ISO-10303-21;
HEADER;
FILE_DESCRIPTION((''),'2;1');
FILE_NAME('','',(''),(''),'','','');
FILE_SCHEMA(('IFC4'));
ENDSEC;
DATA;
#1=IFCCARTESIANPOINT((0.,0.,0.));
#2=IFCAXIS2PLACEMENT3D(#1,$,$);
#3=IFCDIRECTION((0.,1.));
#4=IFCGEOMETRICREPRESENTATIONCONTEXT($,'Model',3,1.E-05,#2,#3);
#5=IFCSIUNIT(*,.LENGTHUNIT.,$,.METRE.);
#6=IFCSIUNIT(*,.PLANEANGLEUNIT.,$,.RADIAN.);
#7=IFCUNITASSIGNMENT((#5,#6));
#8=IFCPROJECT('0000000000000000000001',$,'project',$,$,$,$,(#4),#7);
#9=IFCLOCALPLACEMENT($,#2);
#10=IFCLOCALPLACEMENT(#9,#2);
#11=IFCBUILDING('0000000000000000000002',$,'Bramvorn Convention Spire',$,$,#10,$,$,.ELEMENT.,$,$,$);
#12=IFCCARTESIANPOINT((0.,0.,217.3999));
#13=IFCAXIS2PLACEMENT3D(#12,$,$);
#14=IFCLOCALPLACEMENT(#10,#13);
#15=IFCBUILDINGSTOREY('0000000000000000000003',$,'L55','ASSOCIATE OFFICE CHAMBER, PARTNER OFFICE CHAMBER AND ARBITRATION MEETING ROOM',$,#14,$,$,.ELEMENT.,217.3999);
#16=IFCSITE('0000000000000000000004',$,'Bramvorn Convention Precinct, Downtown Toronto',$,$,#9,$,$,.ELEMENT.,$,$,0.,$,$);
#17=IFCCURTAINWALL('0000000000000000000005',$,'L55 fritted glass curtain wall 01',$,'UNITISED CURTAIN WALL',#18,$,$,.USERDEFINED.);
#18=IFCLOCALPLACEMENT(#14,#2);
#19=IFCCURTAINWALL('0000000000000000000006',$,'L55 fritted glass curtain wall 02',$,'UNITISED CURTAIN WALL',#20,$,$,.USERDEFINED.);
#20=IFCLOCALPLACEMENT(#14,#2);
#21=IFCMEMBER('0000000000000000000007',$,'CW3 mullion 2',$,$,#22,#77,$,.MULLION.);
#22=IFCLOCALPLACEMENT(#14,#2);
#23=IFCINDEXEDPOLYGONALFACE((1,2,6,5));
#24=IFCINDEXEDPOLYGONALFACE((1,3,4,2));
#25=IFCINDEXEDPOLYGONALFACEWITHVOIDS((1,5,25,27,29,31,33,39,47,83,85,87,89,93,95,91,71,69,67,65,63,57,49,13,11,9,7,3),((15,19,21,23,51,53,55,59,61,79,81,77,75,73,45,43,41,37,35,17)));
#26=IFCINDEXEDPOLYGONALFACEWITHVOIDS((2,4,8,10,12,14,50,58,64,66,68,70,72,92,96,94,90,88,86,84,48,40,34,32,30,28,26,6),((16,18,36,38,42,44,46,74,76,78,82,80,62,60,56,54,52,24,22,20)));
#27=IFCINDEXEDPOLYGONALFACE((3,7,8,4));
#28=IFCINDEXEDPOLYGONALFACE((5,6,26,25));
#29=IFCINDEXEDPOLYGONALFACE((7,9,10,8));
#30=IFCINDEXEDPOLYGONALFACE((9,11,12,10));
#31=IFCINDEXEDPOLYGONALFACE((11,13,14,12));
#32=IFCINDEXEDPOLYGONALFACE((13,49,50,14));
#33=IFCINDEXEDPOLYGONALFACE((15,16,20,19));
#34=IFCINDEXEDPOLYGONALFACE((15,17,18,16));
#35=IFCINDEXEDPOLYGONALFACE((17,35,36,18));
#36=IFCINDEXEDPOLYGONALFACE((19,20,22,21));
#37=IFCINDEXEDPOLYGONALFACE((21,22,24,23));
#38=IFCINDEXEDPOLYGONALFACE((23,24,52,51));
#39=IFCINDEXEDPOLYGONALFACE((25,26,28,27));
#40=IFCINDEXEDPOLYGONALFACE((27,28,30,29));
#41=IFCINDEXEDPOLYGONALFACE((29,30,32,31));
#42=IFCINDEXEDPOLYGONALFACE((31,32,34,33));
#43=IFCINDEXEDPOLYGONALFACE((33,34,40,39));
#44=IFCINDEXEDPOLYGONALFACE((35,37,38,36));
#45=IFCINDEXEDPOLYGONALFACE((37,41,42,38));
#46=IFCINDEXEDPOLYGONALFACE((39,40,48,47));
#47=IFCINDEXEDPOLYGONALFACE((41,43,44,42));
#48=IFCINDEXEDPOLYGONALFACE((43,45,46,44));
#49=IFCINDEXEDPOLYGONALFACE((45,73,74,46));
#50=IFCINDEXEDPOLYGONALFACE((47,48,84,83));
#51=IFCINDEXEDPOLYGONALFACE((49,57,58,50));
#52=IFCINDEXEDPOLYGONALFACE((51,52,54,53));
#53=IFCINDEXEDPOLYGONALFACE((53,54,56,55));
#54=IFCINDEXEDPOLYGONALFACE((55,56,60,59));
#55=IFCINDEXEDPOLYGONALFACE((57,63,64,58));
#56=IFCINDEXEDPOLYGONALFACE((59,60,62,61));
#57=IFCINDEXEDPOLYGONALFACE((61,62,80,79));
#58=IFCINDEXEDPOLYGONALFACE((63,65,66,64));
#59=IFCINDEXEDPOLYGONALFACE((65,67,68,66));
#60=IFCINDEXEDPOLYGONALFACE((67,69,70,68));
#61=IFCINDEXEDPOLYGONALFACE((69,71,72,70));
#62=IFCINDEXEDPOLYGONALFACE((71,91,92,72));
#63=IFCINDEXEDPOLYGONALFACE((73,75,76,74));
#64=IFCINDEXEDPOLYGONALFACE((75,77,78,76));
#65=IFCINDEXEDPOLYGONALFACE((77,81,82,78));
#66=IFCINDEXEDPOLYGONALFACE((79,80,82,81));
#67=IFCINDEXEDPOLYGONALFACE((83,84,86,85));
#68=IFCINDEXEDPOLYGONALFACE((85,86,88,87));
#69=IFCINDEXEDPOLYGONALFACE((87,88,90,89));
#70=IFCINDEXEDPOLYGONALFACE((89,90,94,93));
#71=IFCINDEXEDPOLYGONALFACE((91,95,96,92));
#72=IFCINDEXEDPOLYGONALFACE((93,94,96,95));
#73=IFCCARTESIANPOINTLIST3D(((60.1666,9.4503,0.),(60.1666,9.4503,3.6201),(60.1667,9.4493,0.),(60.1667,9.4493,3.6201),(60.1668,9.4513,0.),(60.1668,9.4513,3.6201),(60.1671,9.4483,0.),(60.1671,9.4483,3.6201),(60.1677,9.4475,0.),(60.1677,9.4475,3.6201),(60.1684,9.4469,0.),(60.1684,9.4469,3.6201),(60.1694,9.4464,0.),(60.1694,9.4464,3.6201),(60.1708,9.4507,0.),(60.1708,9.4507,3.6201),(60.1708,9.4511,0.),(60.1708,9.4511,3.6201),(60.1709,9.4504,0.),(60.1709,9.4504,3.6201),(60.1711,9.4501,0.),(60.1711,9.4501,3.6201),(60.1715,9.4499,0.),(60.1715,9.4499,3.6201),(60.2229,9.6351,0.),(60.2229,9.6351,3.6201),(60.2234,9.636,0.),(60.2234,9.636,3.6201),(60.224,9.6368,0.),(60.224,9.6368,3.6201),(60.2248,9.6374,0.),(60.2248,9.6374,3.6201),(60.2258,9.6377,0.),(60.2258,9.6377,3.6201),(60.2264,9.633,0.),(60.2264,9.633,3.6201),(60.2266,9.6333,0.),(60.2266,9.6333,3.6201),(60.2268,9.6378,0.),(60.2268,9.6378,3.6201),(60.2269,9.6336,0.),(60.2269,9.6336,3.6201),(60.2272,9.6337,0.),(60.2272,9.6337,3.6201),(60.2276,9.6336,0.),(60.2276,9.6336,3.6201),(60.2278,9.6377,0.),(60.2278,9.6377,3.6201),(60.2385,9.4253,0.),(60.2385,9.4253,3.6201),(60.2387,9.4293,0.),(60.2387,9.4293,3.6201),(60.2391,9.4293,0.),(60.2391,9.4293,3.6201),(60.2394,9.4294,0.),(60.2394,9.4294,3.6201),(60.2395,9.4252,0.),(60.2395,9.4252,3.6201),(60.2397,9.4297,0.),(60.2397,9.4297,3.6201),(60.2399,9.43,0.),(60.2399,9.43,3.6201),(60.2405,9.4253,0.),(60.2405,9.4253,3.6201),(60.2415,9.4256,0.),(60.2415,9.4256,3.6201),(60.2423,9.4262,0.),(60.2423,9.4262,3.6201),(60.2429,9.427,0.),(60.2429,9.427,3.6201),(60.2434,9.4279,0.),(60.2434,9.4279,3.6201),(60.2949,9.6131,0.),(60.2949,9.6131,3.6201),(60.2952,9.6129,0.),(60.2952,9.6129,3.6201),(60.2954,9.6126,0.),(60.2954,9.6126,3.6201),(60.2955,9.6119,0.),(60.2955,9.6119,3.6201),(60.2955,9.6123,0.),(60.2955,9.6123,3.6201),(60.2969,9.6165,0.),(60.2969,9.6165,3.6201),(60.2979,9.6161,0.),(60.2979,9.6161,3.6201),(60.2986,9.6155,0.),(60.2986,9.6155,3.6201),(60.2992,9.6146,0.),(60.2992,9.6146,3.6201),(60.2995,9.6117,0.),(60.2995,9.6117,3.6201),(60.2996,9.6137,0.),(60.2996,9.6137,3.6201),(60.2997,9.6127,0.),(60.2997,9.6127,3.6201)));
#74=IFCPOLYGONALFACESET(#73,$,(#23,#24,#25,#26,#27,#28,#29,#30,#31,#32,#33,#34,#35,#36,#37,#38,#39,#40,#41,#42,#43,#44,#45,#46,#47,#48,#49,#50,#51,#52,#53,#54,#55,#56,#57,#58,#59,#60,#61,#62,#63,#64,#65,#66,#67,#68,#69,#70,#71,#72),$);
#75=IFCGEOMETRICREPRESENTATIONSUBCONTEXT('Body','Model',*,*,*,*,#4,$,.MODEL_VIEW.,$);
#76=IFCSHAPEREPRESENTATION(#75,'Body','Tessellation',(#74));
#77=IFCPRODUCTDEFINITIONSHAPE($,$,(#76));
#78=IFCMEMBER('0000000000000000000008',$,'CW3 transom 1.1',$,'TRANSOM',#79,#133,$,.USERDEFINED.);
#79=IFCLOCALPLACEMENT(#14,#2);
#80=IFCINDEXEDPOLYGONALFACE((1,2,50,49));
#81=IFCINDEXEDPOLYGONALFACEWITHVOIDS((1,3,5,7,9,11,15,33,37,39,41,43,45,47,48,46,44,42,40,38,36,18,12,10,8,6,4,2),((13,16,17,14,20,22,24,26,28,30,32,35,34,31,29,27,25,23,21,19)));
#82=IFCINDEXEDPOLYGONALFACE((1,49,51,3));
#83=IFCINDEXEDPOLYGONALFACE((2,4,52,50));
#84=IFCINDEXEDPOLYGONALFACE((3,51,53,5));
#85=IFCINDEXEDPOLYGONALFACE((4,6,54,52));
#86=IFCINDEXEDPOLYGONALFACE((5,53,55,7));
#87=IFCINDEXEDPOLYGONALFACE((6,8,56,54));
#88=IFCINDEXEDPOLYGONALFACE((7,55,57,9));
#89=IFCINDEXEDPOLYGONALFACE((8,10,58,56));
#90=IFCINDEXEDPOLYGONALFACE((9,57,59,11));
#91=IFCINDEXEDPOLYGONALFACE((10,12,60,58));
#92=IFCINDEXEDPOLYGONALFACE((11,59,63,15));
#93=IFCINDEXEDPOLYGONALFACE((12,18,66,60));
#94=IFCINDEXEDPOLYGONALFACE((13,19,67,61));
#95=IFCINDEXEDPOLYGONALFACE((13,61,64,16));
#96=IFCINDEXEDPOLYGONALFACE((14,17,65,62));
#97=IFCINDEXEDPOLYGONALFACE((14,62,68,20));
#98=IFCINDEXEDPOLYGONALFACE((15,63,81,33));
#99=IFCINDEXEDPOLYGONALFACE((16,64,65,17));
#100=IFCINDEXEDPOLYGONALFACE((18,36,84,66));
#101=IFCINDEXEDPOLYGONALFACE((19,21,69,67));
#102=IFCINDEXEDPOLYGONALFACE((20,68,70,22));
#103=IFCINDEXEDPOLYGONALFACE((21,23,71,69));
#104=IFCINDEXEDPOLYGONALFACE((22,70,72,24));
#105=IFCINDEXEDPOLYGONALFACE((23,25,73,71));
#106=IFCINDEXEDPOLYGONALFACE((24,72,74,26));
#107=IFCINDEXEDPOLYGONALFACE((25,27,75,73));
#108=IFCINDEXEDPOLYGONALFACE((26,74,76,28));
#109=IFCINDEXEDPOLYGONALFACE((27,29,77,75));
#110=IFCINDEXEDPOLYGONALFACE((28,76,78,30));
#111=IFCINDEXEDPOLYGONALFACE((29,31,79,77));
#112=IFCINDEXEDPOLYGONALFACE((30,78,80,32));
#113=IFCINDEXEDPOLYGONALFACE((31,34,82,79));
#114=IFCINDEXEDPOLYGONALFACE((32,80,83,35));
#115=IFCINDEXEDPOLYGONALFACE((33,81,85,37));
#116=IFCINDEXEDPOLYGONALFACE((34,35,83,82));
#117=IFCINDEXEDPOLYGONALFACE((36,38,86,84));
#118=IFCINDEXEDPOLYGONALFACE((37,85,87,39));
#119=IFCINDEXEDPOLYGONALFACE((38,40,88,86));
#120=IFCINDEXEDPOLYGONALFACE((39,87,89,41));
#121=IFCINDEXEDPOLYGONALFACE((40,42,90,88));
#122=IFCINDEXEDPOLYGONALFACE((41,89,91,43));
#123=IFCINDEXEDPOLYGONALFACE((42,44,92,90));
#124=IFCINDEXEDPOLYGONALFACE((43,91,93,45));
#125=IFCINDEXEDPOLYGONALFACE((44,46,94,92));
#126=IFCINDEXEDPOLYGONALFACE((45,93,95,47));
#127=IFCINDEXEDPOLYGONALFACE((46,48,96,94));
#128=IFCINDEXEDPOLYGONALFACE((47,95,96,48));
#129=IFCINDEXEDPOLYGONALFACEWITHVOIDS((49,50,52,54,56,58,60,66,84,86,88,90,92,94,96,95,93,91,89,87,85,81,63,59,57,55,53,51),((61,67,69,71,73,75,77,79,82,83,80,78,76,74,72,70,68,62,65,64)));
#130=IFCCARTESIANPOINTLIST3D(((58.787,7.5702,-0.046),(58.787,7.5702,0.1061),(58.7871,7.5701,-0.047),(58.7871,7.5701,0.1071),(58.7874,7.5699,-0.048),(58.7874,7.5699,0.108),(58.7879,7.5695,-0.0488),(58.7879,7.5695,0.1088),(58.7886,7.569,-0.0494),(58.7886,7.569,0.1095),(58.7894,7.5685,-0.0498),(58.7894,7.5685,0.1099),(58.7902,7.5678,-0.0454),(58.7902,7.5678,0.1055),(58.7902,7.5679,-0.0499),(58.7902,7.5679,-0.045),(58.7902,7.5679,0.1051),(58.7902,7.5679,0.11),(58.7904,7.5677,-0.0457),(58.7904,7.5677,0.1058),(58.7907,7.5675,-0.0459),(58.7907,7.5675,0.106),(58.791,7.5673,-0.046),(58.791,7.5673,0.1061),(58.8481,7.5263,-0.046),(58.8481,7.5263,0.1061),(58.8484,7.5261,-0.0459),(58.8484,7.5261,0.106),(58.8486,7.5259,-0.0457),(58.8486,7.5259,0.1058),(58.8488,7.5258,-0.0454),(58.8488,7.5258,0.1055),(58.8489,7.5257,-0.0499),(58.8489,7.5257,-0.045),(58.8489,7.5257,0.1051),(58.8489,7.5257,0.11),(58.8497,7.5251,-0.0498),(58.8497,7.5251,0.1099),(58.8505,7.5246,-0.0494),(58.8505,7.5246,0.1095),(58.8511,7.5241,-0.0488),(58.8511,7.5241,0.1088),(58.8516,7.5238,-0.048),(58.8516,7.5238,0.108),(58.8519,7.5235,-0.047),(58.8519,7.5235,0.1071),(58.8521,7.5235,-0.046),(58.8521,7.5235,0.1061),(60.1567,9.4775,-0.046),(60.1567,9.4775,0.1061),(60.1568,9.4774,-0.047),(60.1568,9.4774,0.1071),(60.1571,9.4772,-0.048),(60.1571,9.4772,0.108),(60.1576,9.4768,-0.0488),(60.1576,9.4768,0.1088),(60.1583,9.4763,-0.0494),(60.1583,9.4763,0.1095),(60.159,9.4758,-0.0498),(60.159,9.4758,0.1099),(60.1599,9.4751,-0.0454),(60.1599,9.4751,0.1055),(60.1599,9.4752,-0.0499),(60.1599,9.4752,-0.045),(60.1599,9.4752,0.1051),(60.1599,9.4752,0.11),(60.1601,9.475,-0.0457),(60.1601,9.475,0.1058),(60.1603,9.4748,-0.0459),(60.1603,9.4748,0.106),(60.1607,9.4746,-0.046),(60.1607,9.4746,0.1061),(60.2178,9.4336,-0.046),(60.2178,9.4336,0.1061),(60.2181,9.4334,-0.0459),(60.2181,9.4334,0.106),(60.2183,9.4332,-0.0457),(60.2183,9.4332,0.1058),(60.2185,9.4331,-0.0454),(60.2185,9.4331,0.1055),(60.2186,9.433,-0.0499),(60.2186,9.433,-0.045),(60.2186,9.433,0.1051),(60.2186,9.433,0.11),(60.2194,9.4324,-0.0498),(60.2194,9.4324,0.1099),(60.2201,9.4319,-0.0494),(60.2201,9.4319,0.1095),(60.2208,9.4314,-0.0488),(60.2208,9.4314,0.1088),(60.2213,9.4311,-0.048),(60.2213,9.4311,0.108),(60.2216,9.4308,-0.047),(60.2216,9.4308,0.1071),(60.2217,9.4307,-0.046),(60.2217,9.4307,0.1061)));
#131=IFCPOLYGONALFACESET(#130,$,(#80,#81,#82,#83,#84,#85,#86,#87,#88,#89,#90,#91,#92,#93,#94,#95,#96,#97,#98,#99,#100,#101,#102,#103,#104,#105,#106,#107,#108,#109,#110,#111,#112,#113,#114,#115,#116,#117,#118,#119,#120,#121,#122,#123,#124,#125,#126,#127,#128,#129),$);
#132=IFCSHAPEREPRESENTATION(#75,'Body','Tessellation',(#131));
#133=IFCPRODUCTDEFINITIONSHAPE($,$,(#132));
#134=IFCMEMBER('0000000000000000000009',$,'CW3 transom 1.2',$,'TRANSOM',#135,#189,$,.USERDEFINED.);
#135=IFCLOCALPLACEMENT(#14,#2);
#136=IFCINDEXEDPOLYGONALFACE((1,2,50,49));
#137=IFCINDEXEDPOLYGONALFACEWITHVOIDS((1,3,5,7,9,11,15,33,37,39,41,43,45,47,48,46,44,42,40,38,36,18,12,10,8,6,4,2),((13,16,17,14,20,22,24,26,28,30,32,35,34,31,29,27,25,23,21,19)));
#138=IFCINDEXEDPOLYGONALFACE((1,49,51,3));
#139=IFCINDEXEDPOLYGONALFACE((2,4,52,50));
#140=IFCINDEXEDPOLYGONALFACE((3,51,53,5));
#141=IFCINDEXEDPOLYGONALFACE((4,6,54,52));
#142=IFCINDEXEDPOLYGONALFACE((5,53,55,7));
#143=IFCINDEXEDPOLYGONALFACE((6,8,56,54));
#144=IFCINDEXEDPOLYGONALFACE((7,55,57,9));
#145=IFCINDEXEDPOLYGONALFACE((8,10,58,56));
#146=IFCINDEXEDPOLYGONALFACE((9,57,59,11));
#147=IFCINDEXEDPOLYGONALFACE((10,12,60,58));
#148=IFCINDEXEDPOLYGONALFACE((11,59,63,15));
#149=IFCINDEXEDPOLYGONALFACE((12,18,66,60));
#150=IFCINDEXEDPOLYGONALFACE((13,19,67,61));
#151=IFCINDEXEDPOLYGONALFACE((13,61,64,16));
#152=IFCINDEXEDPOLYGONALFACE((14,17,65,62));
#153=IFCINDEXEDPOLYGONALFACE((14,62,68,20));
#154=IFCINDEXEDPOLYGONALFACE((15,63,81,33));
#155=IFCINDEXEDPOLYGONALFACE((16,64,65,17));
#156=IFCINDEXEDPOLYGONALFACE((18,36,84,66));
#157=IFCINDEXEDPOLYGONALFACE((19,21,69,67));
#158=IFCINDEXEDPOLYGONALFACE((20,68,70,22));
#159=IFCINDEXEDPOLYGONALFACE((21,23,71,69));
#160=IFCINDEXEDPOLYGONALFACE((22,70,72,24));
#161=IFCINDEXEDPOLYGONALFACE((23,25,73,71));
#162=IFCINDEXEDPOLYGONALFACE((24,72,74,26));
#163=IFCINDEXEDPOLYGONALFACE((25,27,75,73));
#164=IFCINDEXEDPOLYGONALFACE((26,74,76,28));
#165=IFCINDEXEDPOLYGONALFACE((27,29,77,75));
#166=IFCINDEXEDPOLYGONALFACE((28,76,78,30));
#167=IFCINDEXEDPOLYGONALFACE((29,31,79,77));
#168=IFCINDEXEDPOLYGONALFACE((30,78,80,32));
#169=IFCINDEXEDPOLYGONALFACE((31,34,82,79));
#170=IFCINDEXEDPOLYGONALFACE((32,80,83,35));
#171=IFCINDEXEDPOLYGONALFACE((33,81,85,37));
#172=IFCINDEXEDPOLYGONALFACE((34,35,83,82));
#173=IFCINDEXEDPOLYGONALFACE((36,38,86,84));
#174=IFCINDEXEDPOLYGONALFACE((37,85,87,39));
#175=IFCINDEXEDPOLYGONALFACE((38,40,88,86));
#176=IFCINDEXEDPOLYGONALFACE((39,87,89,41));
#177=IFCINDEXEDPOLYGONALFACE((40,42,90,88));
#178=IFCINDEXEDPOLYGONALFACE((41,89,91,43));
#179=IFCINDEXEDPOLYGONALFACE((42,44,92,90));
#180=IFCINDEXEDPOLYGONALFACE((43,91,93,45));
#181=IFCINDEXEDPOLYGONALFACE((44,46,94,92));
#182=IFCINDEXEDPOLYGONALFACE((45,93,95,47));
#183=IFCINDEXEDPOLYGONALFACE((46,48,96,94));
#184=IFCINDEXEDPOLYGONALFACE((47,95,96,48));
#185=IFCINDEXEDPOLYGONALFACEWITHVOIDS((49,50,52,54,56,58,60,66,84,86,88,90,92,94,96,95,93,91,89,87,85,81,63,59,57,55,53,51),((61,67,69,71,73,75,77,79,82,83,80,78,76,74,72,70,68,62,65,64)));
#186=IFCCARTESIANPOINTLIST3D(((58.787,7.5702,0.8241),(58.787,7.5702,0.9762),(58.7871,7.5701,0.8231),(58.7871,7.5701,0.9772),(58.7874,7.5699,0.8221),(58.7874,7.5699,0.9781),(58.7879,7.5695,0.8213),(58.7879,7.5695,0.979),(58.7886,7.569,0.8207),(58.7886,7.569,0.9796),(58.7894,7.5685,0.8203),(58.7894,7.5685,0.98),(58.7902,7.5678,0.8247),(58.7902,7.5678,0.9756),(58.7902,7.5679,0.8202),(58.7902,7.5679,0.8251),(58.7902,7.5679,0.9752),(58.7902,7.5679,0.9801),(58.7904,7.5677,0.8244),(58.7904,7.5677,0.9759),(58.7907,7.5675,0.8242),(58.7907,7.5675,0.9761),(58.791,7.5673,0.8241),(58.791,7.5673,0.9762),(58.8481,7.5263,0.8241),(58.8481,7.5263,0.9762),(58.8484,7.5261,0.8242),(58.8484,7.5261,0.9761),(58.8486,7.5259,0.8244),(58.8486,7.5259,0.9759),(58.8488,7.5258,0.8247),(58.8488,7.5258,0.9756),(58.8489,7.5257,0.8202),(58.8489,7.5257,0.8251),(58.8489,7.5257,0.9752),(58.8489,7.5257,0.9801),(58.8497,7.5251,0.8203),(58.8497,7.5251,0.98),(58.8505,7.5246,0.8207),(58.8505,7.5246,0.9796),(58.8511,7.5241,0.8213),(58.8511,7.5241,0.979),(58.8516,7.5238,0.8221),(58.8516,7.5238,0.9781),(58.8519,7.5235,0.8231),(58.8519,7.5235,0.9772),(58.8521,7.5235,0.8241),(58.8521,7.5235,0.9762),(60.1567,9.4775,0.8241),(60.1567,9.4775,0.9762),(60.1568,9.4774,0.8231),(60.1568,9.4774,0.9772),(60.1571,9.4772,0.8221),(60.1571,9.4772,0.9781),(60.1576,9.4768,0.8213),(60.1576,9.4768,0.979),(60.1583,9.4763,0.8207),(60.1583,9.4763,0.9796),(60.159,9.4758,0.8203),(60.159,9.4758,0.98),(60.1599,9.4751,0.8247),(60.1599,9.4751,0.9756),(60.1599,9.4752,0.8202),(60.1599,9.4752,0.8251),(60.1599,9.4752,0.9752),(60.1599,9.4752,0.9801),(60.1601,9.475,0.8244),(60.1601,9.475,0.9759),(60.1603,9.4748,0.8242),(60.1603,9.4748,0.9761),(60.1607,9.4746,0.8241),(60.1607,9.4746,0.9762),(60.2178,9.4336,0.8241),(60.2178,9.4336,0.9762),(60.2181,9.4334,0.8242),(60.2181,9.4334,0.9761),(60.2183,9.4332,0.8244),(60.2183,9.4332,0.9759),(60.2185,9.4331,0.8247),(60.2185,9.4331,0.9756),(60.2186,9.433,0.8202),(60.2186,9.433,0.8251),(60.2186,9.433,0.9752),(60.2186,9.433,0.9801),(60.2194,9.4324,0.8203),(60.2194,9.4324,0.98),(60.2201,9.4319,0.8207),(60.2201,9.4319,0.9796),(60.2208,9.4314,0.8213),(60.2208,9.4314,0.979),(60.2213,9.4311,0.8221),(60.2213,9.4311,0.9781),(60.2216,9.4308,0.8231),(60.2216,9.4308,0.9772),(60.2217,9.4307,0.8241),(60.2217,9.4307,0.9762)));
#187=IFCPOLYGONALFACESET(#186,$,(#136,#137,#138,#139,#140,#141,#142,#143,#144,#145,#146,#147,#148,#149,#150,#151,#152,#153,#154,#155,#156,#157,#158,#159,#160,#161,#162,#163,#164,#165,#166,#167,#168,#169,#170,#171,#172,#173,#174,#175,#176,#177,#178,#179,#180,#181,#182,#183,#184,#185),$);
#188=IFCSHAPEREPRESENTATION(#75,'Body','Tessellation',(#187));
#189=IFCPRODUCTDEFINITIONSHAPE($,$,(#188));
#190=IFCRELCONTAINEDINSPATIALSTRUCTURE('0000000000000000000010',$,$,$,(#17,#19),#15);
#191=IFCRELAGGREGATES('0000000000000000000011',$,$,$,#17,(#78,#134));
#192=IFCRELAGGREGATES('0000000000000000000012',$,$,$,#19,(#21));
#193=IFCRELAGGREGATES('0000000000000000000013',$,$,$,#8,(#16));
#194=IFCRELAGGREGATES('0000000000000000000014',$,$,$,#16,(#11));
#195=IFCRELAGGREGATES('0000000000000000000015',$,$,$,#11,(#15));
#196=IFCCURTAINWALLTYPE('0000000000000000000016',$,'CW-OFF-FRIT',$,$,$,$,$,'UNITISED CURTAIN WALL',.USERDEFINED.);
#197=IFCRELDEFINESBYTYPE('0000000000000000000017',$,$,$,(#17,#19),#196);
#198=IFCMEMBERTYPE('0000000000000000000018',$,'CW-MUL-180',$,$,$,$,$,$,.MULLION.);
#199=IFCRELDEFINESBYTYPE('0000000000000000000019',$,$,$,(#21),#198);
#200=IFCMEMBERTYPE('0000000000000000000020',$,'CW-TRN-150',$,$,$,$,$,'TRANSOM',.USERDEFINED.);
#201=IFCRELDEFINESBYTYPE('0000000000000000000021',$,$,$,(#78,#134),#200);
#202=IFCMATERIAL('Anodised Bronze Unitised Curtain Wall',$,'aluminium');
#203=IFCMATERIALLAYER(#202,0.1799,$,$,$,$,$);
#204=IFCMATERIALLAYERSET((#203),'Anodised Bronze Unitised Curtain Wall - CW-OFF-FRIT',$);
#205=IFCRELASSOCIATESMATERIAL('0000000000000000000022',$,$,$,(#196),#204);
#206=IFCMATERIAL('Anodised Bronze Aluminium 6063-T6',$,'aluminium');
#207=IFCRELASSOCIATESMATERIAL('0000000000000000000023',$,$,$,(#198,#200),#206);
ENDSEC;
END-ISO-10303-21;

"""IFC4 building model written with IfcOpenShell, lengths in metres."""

from ifc_helpers import new_model, si_unit, direction, frame, origin, origin_2d, place, context, subcontext, project, spatial, hollow_rectangle, extrude, material, layer, layer_set, material_profile, profile_set, type_object, element, aggregate, save


model = new_model("IFC4")

# Units and contexts
model_context = context("Model", 3, precision=1e-05, world=origin(), true_north=direction((0.0, 1.0)))
body_context = subcontext(model_context, "Body", "Model", "MODEL_VIEW")
ifc_project = project(units=[si_unit("LENGTHUNIT", "METRE"), si_unit("PLANEANGLEUNIT", "RADIAN")], contexts=[model_context])

# Site, building, storey
site_placement = place(None, origin())
site = spatial("IfcSite", under=ifc_project, at=site_placement, Name="Bramvorn Convention Precinct, Downtown Toronto", CompositionType="ELEMENT", RefElevation=0.0)
building_placement = place(site_placement, origin())
building = spatial("IfcBuilding", under=site, at=building_placement, Name="Bramvorn Convention Spire", CompositionType="ELEMENT")
storey_placement = place(building_placement, frame((0.0, 0.0, 217.3999)))
storey = spatial("IfcBuildingStorey", under=building, at=storey_placement, Name="L55", Description="ASSOCIATE OFFICE CHAMBER, PARTNER OFFICE CHAMBER AND ARBITRATION MEETING ROOM", CompositionType="ELEMENT", Elevation=217.3999)

# Curtain walls, member
ifc_material_1 = material(Name="Anodised Bronze Unitised Curtain Wall", Category="aluminium")
ifc_layer_1 = layer(ifc_material_1, 0.1799)
ifc_layer_set_1 = layer_set([ifc_layer_1], Name="Anodised Bronze Unitised Curtain Wall - CW-OFF-FRIT")
curtain_wall_type = type_object("IfcCurtainWallType", Name="CW-OFF-FRIT", ElementType="UNITISED CURTAIN WALL", PredefinedType="USERDEFINED", material=ifc_layer_set_1)
curtain_wall_1_placement = place(storey_placement, origin())
curtain_wall_1 = element("IfcCurtainWall", 1, at=curtain_wall_1_placement, inside=storey, type_object=curtain_wall_type, Name="L55 fritted glass curtain wall 01", ObjectType="UNITISED CURTAIN WALL", PredefinedType="USERDEFINED")
ifc_material_2 = material(Name="Anodised Bronze Aluminium 6063-T6", Category="aluminium")
ifc_material_profile_1 = material_profile(ifc_material_2, hollow_rectangle(XDim=0.0801, YDim=0.2, WallThickness=0.0039, InnerFilletRadius=0.001, OuterFilletRadius=0.0039, at=origin_2d()))
ifc_profile_set_1 = profile_set([ifc_material_profile_1], Name="Anodised Bronze Aluminium 6063-T6 - CWM80X200")
member_type_1 = type_object("IfcMemberType", Name="CW-MUL-180", PredefinedType="MULLION", material=ifc_profile_set_1)
curtain_wall_2_placement = place(storey_placement, origin())
curtain_wall_2 = element("IfcCurtainWall", 2, at=curtain_wall_2_placement, inside=storey, type_object=curtain_wall_type, Name="L55 fritted glass curtain wall 02", ObjectType="UNITISED CURTAIN WALL", PredefinedType="USERDEFINED")
member_1_placement = place(storey_placement, frame((60.2332, 9.5315, 0.0), z_axis=(0.0, 0.0, 1.0), x_axis=(0.956321, -0.292318, 0.0)))
member_1 = element("IfcMember", 3, at=member_1_placement, type_object=member_type_1, Name="CW3 mullion 2", PredefinedType="MULLION", context=body_context, shape_type="SweptSolid", body=[
    extrude(hollow_rectangle(XDim=0.0801, YDim=0.2, WallThickness=0.0039, InnerFilletRadius=0.001, OuterFilletRadius=0.0039, at=origin_2d()), origin(), (0.0, 0.0, 1.0), 3.6201),
])

# Members
ifc_material_profile_2 = material_profile(ifc_material_2, hollow_rectangle(XDim=0.0801, YDim=0.1599, WallThickness=0.0039, InnerFilletRadius=0.001, OuterFilletRadius=0.0039, at=origin_2d()))
ifc_profile_set_2 = profile_set([ifc_material_profile_2], Name="Anodised Bronze Aluminium 6063-T6 - CWT80X160")
member_type_2 = type_object("IfcMemberType", Name="CW-TRN-150", ElementType="TRANSOM", PredefinedType="USERDEFINED", material=ifc_profile_set_2)
member_2_placement = place(storey_placement, frame((60.1892, 9.4541, 0.03), z_axis=(-0.583302, -0.812256, 0.0), x_axis=(0.812256, -0.583302, 0.0)))
member_2 = element("IfcMember", 4, at=member_2_placement, type_object=member_type_2, Name="CW3 transom 1.1", ObjectType="TRANSOM", PredefinedType="USERDEFINED", context=body_context, shape_type="SweptSolid", body=[
    extrude(hollow_rectangle(XDim=0.0801, YDim=0.1599, WallThickness=0.0039, InnerFilletRadius=0.001, OuterFilletRadius=0.0039, at=origin_2d()), origin(), (0.0, 0.0, 1.0), 2.3481),
])
member_3_placement = place(storey_placement, frame((60.1892, 9.4541, 0.9001), z_axis=(-0.583302, -0.812256, 0.0), x_axis=(0.812256, -0.583302, 0.0)))
member_3 = element("IfcMember", 5, at=member_3_placement, type_object=member_type_2, Name="CW3 transom 1.2", ObjectType="TRANSOM", PredefinedType="USERDEFINED", context=body_context, shape_type="SweptSolid", body=[
    extrude(hollow_rectangle(XDim=0.0801, YDim=0.1599, WallThickness=0.0039, InnerFilletRadius=0.001, OuterFilletRadius=0.0039, at=origin_2d()), origin(), (0.0, 0.0, 1.0), 2.3481),
])

aggregate(curtain_wall_1, [member_2, member_3])
aggregate(curtain_wall_2, [member_1])

save(model, "model.ifc")
